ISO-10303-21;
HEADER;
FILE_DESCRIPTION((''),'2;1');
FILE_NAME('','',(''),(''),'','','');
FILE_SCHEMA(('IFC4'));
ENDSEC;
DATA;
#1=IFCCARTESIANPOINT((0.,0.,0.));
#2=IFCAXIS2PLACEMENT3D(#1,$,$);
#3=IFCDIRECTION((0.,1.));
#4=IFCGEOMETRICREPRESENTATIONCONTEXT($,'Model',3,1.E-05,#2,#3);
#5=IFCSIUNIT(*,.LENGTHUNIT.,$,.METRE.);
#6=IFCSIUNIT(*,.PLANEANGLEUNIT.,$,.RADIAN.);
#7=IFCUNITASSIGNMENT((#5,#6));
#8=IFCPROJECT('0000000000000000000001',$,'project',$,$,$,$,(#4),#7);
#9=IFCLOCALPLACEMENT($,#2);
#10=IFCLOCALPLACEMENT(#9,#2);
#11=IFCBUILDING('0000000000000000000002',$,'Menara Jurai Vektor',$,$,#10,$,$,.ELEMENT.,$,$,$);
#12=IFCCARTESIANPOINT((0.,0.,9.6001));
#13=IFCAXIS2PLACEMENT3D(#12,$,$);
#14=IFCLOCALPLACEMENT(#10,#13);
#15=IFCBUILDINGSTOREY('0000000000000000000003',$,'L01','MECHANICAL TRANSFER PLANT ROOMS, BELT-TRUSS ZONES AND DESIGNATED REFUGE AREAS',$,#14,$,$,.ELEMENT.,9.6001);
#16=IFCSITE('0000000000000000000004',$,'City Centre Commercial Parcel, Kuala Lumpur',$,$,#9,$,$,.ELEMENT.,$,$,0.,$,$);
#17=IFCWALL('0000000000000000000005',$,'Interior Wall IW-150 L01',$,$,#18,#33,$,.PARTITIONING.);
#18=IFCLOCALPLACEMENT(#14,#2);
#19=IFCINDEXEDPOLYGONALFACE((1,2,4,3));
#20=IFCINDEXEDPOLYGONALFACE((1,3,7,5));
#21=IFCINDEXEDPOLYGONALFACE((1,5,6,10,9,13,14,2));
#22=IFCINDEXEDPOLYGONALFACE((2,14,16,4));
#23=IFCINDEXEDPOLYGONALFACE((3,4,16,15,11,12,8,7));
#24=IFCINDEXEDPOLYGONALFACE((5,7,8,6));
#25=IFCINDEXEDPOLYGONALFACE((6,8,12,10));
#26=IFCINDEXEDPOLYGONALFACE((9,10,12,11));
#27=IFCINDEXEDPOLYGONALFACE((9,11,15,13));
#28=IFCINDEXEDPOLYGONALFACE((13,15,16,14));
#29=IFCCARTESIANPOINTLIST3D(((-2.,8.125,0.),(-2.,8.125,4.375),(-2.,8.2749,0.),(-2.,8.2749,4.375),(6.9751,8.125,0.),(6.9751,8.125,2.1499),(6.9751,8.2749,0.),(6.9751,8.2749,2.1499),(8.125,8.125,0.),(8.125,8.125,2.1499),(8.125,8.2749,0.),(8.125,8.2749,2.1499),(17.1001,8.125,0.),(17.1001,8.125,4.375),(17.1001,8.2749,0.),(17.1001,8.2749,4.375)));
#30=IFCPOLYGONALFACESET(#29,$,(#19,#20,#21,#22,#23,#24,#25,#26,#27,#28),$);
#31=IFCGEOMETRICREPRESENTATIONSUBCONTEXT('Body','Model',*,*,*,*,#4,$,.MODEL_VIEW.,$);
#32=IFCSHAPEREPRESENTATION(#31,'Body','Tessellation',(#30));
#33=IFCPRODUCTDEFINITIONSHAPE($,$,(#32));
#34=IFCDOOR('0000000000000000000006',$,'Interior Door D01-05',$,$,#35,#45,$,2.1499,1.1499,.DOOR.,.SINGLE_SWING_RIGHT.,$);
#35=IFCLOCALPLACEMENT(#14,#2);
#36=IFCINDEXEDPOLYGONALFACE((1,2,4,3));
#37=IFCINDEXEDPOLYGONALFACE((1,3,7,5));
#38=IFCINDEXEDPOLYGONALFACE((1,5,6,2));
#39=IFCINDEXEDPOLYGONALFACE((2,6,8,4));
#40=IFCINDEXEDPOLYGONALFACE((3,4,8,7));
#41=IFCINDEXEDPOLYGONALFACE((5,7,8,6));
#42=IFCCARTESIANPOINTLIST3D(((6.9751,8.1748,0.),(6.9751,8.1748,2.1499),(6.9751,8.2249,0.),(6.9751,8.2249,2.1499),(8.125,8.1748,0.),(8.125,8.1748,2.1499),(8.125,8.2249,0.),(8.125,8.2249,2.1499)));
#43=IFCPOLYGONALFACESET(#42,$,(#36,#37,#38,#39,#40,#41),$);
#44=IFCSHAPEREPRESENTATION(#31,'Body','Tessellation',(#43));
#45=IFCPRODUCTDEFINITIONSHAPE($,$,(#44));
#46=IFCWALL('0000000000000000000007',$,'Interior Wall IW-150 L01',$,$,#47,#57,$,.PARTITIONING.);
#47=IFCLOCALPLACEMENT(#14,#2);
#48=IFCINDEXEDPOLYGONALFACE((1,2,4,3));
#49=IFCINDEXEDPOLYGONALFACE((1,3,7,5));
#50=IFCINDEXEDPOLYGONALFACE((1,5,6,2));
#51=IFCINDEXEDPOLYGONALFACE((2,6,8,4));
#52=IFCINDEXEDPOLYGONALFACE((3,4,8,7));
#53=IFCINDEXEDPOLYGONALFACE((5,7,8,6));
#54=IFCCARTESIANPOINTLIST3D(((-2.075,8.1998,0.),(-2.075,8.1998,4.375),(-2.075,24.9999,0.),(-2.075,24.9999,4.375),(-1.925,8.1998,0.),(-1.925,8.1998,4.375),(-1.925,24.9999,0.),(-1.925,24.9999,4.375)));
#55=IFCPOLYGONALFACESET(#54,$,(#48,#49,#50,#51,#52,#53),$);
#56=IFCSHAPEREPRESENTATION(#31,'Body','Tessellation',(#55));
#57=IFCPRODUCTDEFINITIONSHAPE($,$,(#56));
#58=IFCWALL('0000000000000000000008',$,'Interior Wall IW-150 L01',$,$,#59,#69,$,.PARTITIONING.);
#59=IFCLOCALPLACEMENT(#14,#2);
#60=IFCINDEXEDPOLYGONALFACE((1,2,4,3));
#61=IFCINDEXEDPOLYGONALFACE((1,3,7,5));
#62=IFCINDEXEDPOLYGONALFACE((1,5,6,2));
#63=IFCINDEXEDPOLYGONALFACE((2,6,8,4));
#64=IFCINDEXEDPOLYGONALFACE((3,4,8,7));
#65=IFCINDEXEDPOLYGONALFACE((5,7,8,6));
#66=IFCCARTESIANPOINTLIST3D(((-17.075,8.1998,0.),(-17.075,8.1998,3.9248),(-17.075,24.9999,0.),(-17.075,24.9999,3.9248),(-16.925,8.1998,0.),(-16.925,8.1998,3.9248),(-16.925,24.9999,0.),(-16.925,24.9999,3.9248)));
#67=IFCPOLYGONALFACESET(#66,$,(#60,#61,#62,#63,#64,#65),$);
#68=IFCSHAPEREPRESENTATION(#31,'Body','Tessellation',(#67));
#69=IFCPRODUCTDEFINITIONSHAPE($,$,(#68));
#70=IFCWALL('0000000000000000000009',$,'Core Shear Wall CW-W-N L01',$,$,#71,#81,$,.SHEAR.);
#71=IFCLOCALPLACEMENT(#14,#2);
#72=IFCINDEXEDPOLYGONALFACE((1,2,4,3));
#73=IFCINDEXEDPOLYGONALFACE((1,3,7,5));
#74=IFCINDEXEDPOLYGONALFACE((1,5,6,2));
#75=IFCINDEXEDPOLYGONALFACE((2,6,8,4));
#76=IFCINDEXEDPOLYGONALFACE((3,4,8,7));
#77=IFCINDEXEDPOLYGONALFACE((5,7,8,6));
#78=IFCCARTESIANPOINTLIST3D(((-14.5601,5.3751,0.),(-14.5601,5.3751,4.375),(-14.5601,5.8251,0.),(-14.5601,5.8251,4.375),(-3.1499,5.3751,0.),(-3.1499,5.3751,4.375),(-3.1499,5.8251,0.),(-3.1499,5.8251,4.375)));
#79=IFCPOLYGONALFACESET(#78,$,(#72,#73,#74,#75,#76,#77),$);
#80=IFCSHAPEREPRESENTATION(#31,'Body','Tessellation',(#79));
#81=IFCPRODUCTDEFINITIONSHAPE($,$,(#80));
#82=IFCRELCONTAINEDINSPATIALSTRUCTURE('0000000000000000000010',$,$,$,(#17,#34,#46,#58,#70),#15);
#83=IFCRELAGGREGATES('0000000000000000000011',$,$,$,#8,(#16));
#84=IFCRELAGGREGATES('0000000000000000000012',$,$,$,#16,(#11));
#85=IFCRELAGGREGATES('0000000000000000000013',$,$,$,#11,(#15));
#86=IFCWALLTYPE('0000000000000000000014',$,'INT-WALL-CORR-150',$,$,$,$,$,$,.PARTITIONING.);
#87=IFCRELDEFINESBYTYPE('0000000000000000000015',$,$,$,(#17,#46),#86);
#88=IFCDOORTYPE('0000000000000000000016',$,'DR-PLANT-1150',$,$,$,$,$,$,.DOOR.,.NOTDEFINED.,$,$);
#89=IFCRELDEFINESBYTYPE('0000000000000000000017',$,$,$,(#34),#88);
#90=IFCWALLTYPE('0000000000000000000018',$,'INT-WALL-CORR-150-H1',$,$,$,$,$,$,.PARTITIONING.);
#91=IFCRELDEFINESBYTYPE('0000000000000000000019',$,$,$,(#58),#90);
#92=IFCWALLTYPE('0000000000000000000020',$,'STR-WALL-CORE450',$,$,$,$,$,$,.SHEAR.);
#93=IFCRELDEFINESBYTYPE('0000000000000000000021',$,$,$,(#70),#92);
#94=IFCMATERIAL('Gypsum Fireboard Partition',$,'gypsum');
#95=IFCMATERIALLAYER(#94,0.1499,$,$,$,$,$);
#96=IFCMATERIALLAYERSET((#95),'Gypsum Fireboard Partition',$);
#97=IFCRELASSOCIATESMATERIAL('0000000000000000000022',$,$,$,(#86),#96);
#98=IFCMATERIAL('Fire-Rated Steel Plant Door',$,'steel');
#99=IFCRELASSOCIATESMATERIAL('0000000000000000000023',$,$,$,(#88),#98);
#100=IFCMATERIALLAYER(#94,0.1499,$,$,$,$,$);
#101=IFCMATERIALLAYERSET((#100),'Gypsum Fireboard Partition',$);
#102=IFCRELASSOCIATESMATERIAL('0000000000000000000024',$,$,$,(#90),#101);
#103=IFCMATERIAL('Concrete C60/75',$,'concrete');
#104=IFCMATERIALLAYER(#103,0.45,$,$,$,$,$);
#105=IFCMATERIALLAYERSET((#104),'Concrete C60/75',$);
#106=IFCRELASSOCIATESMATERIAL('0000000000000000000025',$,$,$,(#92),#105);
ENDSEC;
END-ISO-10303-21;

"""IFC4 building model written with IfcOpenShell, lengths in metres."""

from ifc_helpers import new_model, si_unit, direction, frame, frame_2d, origin, place, context, subcontext, project, spatial, rectangle, extrude, material, layer, layer_set, type_object, element, fill, save


model = new_model("IFC4")

# Units and contexts
model_context = context("Model", 3, precision=1e-05, world=origin(), true_north=direction((0.0, 1.0)))
body_context = subcontext(model_context, "Body", "Model", "MODEL_VIEW")
ifc_project = project(units=[si_unit("LENGTHUNIT", "METRE"), si_unit("PLANEANGLEUNIT", "RADIAN")], contexts=[model_context])

# Site, building, storey
site_placement = place(None, origin())
site = spatial("IfcSite", under=ifc_project, at=site_placement, Name="City Centre Commercial Parcel, Kuala Lumpur", CompositionType="ELEMENT", RefElevation=0.0)
building_placement = place(site_placement, origin())
building = spatial("IfcBuilding", under=site, at=building_placement, Name="Menara Jurai Vektor", CompositionType="ELEMENT")
storey_placement = place(building_placement, frame((0.0, 0.0, 9.6001)))
storey = spatial("IfcBuildingStorey", under=building, at=storey_placement, Name="L01", Description="MECHANICAL TRANSFER PLANT ROOMS, BELT-TRUSS ZONES AND DESIGNATED REFUGE AREAS", CompositionType="ELEMENT", Elevation=9.6001)

# Wall, opening, door
ifc_material_1 = material(Name="Gypsum Fireboard Partition", Category="gypsum")
ifc_layer_1 = layer(ifc_material_1, 0.1499)
ifc_layer_set_1 = layer_set([ifc_layer_1], Name="Gypsum Fireboard Partition")
wall_type_1 = type_object("IfcWallType", Name="INT-WALL-CORR-150", PredefinedType="PARTITIONING", material=ifc_layer_set_1)
ifc_material_2 = material(Name="Fire-Rated Steel Plant Door", Category="steel")
door_type = type_object("IfcDoorType", Name="DR-PLANT-1150", OperationType="NOTDEFINED", PredefinedType="DOOR", material=ifc_material_2)
wall_1_placement = place(storey_placement, frame((-2.0, 8.2, 0.0), z_axis=(0.0, 0.0, 1.0), x_axis=(1.0, 0.0, 0.0)))
wall_1 = element("IfcWall", 1, at=wall_1_placement, inside=storey, type_object=wall_type_1, Name="Interior Wall IW-150 L01", PredefinedType="PARTITIONING", context=body_context, shape_type="SweptSolid", body=[
    extrude(rectangle(XDim=19.1001, YDim=0.1499, at=frame_2d((9.55, 0.0))), origin(), (0.0, 0.0, 1.0), 4.375),
])
opening_1_placement = place(wall_1_placement, frame((8.9751, 0.0, 0.0)))
opening_1 = element("IfcOpeningElement", 2, at=opening_1_placement, cuts=wall_1, PredefinedType="OPENING", context=body_context, shape_type="SweptSolid", body=[
    extrude(rectangle(XDim=1.1499, YDim=2.1499, at=frame_2d((0.575, 1.075))), frame((0.0, 0.085, 0.0), z_axis=(0.0, -1.0, 0.0), x_axis=(1.0, 0.0, 0.0)), (0.0, 0.0, 1.0), 0.1699),
])
door_1_placement = place(opening_1_placement, origin())
door_1 = element("IfcDoor", 3, at=door_1_placement, inside=storey, type_object=door_type, Name="Interior Door D01-05", OperationType="SINGLE_SWING_RIGHT", OverallHeight=2.1499, OverallWidth=1.1499, PredefinedType="DOOR", context=body_context, shape_type="SweptSolid", body=[
    extrude(rectangle(XDim=1.1499, YDim=2.1499, at=frame_2d((0.575, 1.075))), frame((0.0, 0.0249, 0.0), z_axis=(0.0, -1.0, 0.0), x_axis=(1.0, 0.0, 0.0)), (0.0, 0.0, 1.0), 0.05),
])
fill(opening_1, door_1)

# Walls
wall_2_placement = place(storey_placement, frame((-2.0, 8.2, 0.0), z_axis=(0.0, 0.0, 1.0), x_axis=(0.0, 1.0, 0.0)))
element("IfcWall", 4, at=wall_2_placement, inside=storey, type_object=wall_type_1, Name="Interior Wall IW-150 L01", PredefinedType="PARTITIONING", context=body_context, shape_type="SweptSolid", body=[
    extrude(rectangle(XDim=16.8, YDim=0.1499, at=frame_2d((8.3999, 0.0))), origin(), (0.0, 0.0, 1.0), 4.375),
])
ifc_layer_2 = layer(ifc_material_1, 0.1499)
ifc_layer_set_2 = layer_set([ifc_layer_2], Name="Gypsum Fireboard Partition")
wall_type_2 = type_object("IfcWallType", Name="INT-WALL-CORR-150-H1", PredefinedType="PARTITIONING", material=ifc_layer_set_2)
wall_3_placement = place(storey_placement, frame((-17.0, 8.2, 0.0), z_axis=(0.0, 0.0, 1.0), x_axis=(0.0, 1.0, 0.0)))
element("IfcWall", 5, at=wall_3_placement, inside=storey, type_object=wall_type_2, Name="Interior Wall IW-150 L01", PredefinedType="PARTITIONING", context=body_context, shape_type="SweptSolid", body=[
    extrude(rectangle(XDim=16.8, YDim=0.1499, at=frame_2d((8.3999, 0.0))), origin(), (0.0, 0.0, 1.0), 3.9248),
])
ifc_material_3 = material(Name="Concrete C60/75", Category="concrete")
ifc_layer_3 = layer(ifc_material_3, 0.45)
ifc_layer_set_3 = layer_set([ifc_layer_3], Name="Concrete C60/75")
wall_type_3 = type_object("IfcWallType", Name="STR-WALL-CORE450", PredefinedType="SHEAR", material=ifc_layer_set_3)
wall_4_placement = place(storey_placement, frame((-14.5601, 5.6001, 0.0), z_axis=(0.0, 0.0, 1.0), x_axis=(1.0, 0.0, 0.0)))
element("IfcWall", 6, at=wall_4_placement, inside=storey, type_object=wall_type_3, Name="Core Shear Wall CW-W-N L01", PredefinedType="SHEAR", context=body_context, shape_type="SweptSolid", body=[
    extrude(rectangle(XDim=11.4102, YDim=0.45, at=frame_2d((5.7051, 0.0))), origin(), (0.0, 0.0, 1.0), 4.375),
])

save(model, "model.ifc")
